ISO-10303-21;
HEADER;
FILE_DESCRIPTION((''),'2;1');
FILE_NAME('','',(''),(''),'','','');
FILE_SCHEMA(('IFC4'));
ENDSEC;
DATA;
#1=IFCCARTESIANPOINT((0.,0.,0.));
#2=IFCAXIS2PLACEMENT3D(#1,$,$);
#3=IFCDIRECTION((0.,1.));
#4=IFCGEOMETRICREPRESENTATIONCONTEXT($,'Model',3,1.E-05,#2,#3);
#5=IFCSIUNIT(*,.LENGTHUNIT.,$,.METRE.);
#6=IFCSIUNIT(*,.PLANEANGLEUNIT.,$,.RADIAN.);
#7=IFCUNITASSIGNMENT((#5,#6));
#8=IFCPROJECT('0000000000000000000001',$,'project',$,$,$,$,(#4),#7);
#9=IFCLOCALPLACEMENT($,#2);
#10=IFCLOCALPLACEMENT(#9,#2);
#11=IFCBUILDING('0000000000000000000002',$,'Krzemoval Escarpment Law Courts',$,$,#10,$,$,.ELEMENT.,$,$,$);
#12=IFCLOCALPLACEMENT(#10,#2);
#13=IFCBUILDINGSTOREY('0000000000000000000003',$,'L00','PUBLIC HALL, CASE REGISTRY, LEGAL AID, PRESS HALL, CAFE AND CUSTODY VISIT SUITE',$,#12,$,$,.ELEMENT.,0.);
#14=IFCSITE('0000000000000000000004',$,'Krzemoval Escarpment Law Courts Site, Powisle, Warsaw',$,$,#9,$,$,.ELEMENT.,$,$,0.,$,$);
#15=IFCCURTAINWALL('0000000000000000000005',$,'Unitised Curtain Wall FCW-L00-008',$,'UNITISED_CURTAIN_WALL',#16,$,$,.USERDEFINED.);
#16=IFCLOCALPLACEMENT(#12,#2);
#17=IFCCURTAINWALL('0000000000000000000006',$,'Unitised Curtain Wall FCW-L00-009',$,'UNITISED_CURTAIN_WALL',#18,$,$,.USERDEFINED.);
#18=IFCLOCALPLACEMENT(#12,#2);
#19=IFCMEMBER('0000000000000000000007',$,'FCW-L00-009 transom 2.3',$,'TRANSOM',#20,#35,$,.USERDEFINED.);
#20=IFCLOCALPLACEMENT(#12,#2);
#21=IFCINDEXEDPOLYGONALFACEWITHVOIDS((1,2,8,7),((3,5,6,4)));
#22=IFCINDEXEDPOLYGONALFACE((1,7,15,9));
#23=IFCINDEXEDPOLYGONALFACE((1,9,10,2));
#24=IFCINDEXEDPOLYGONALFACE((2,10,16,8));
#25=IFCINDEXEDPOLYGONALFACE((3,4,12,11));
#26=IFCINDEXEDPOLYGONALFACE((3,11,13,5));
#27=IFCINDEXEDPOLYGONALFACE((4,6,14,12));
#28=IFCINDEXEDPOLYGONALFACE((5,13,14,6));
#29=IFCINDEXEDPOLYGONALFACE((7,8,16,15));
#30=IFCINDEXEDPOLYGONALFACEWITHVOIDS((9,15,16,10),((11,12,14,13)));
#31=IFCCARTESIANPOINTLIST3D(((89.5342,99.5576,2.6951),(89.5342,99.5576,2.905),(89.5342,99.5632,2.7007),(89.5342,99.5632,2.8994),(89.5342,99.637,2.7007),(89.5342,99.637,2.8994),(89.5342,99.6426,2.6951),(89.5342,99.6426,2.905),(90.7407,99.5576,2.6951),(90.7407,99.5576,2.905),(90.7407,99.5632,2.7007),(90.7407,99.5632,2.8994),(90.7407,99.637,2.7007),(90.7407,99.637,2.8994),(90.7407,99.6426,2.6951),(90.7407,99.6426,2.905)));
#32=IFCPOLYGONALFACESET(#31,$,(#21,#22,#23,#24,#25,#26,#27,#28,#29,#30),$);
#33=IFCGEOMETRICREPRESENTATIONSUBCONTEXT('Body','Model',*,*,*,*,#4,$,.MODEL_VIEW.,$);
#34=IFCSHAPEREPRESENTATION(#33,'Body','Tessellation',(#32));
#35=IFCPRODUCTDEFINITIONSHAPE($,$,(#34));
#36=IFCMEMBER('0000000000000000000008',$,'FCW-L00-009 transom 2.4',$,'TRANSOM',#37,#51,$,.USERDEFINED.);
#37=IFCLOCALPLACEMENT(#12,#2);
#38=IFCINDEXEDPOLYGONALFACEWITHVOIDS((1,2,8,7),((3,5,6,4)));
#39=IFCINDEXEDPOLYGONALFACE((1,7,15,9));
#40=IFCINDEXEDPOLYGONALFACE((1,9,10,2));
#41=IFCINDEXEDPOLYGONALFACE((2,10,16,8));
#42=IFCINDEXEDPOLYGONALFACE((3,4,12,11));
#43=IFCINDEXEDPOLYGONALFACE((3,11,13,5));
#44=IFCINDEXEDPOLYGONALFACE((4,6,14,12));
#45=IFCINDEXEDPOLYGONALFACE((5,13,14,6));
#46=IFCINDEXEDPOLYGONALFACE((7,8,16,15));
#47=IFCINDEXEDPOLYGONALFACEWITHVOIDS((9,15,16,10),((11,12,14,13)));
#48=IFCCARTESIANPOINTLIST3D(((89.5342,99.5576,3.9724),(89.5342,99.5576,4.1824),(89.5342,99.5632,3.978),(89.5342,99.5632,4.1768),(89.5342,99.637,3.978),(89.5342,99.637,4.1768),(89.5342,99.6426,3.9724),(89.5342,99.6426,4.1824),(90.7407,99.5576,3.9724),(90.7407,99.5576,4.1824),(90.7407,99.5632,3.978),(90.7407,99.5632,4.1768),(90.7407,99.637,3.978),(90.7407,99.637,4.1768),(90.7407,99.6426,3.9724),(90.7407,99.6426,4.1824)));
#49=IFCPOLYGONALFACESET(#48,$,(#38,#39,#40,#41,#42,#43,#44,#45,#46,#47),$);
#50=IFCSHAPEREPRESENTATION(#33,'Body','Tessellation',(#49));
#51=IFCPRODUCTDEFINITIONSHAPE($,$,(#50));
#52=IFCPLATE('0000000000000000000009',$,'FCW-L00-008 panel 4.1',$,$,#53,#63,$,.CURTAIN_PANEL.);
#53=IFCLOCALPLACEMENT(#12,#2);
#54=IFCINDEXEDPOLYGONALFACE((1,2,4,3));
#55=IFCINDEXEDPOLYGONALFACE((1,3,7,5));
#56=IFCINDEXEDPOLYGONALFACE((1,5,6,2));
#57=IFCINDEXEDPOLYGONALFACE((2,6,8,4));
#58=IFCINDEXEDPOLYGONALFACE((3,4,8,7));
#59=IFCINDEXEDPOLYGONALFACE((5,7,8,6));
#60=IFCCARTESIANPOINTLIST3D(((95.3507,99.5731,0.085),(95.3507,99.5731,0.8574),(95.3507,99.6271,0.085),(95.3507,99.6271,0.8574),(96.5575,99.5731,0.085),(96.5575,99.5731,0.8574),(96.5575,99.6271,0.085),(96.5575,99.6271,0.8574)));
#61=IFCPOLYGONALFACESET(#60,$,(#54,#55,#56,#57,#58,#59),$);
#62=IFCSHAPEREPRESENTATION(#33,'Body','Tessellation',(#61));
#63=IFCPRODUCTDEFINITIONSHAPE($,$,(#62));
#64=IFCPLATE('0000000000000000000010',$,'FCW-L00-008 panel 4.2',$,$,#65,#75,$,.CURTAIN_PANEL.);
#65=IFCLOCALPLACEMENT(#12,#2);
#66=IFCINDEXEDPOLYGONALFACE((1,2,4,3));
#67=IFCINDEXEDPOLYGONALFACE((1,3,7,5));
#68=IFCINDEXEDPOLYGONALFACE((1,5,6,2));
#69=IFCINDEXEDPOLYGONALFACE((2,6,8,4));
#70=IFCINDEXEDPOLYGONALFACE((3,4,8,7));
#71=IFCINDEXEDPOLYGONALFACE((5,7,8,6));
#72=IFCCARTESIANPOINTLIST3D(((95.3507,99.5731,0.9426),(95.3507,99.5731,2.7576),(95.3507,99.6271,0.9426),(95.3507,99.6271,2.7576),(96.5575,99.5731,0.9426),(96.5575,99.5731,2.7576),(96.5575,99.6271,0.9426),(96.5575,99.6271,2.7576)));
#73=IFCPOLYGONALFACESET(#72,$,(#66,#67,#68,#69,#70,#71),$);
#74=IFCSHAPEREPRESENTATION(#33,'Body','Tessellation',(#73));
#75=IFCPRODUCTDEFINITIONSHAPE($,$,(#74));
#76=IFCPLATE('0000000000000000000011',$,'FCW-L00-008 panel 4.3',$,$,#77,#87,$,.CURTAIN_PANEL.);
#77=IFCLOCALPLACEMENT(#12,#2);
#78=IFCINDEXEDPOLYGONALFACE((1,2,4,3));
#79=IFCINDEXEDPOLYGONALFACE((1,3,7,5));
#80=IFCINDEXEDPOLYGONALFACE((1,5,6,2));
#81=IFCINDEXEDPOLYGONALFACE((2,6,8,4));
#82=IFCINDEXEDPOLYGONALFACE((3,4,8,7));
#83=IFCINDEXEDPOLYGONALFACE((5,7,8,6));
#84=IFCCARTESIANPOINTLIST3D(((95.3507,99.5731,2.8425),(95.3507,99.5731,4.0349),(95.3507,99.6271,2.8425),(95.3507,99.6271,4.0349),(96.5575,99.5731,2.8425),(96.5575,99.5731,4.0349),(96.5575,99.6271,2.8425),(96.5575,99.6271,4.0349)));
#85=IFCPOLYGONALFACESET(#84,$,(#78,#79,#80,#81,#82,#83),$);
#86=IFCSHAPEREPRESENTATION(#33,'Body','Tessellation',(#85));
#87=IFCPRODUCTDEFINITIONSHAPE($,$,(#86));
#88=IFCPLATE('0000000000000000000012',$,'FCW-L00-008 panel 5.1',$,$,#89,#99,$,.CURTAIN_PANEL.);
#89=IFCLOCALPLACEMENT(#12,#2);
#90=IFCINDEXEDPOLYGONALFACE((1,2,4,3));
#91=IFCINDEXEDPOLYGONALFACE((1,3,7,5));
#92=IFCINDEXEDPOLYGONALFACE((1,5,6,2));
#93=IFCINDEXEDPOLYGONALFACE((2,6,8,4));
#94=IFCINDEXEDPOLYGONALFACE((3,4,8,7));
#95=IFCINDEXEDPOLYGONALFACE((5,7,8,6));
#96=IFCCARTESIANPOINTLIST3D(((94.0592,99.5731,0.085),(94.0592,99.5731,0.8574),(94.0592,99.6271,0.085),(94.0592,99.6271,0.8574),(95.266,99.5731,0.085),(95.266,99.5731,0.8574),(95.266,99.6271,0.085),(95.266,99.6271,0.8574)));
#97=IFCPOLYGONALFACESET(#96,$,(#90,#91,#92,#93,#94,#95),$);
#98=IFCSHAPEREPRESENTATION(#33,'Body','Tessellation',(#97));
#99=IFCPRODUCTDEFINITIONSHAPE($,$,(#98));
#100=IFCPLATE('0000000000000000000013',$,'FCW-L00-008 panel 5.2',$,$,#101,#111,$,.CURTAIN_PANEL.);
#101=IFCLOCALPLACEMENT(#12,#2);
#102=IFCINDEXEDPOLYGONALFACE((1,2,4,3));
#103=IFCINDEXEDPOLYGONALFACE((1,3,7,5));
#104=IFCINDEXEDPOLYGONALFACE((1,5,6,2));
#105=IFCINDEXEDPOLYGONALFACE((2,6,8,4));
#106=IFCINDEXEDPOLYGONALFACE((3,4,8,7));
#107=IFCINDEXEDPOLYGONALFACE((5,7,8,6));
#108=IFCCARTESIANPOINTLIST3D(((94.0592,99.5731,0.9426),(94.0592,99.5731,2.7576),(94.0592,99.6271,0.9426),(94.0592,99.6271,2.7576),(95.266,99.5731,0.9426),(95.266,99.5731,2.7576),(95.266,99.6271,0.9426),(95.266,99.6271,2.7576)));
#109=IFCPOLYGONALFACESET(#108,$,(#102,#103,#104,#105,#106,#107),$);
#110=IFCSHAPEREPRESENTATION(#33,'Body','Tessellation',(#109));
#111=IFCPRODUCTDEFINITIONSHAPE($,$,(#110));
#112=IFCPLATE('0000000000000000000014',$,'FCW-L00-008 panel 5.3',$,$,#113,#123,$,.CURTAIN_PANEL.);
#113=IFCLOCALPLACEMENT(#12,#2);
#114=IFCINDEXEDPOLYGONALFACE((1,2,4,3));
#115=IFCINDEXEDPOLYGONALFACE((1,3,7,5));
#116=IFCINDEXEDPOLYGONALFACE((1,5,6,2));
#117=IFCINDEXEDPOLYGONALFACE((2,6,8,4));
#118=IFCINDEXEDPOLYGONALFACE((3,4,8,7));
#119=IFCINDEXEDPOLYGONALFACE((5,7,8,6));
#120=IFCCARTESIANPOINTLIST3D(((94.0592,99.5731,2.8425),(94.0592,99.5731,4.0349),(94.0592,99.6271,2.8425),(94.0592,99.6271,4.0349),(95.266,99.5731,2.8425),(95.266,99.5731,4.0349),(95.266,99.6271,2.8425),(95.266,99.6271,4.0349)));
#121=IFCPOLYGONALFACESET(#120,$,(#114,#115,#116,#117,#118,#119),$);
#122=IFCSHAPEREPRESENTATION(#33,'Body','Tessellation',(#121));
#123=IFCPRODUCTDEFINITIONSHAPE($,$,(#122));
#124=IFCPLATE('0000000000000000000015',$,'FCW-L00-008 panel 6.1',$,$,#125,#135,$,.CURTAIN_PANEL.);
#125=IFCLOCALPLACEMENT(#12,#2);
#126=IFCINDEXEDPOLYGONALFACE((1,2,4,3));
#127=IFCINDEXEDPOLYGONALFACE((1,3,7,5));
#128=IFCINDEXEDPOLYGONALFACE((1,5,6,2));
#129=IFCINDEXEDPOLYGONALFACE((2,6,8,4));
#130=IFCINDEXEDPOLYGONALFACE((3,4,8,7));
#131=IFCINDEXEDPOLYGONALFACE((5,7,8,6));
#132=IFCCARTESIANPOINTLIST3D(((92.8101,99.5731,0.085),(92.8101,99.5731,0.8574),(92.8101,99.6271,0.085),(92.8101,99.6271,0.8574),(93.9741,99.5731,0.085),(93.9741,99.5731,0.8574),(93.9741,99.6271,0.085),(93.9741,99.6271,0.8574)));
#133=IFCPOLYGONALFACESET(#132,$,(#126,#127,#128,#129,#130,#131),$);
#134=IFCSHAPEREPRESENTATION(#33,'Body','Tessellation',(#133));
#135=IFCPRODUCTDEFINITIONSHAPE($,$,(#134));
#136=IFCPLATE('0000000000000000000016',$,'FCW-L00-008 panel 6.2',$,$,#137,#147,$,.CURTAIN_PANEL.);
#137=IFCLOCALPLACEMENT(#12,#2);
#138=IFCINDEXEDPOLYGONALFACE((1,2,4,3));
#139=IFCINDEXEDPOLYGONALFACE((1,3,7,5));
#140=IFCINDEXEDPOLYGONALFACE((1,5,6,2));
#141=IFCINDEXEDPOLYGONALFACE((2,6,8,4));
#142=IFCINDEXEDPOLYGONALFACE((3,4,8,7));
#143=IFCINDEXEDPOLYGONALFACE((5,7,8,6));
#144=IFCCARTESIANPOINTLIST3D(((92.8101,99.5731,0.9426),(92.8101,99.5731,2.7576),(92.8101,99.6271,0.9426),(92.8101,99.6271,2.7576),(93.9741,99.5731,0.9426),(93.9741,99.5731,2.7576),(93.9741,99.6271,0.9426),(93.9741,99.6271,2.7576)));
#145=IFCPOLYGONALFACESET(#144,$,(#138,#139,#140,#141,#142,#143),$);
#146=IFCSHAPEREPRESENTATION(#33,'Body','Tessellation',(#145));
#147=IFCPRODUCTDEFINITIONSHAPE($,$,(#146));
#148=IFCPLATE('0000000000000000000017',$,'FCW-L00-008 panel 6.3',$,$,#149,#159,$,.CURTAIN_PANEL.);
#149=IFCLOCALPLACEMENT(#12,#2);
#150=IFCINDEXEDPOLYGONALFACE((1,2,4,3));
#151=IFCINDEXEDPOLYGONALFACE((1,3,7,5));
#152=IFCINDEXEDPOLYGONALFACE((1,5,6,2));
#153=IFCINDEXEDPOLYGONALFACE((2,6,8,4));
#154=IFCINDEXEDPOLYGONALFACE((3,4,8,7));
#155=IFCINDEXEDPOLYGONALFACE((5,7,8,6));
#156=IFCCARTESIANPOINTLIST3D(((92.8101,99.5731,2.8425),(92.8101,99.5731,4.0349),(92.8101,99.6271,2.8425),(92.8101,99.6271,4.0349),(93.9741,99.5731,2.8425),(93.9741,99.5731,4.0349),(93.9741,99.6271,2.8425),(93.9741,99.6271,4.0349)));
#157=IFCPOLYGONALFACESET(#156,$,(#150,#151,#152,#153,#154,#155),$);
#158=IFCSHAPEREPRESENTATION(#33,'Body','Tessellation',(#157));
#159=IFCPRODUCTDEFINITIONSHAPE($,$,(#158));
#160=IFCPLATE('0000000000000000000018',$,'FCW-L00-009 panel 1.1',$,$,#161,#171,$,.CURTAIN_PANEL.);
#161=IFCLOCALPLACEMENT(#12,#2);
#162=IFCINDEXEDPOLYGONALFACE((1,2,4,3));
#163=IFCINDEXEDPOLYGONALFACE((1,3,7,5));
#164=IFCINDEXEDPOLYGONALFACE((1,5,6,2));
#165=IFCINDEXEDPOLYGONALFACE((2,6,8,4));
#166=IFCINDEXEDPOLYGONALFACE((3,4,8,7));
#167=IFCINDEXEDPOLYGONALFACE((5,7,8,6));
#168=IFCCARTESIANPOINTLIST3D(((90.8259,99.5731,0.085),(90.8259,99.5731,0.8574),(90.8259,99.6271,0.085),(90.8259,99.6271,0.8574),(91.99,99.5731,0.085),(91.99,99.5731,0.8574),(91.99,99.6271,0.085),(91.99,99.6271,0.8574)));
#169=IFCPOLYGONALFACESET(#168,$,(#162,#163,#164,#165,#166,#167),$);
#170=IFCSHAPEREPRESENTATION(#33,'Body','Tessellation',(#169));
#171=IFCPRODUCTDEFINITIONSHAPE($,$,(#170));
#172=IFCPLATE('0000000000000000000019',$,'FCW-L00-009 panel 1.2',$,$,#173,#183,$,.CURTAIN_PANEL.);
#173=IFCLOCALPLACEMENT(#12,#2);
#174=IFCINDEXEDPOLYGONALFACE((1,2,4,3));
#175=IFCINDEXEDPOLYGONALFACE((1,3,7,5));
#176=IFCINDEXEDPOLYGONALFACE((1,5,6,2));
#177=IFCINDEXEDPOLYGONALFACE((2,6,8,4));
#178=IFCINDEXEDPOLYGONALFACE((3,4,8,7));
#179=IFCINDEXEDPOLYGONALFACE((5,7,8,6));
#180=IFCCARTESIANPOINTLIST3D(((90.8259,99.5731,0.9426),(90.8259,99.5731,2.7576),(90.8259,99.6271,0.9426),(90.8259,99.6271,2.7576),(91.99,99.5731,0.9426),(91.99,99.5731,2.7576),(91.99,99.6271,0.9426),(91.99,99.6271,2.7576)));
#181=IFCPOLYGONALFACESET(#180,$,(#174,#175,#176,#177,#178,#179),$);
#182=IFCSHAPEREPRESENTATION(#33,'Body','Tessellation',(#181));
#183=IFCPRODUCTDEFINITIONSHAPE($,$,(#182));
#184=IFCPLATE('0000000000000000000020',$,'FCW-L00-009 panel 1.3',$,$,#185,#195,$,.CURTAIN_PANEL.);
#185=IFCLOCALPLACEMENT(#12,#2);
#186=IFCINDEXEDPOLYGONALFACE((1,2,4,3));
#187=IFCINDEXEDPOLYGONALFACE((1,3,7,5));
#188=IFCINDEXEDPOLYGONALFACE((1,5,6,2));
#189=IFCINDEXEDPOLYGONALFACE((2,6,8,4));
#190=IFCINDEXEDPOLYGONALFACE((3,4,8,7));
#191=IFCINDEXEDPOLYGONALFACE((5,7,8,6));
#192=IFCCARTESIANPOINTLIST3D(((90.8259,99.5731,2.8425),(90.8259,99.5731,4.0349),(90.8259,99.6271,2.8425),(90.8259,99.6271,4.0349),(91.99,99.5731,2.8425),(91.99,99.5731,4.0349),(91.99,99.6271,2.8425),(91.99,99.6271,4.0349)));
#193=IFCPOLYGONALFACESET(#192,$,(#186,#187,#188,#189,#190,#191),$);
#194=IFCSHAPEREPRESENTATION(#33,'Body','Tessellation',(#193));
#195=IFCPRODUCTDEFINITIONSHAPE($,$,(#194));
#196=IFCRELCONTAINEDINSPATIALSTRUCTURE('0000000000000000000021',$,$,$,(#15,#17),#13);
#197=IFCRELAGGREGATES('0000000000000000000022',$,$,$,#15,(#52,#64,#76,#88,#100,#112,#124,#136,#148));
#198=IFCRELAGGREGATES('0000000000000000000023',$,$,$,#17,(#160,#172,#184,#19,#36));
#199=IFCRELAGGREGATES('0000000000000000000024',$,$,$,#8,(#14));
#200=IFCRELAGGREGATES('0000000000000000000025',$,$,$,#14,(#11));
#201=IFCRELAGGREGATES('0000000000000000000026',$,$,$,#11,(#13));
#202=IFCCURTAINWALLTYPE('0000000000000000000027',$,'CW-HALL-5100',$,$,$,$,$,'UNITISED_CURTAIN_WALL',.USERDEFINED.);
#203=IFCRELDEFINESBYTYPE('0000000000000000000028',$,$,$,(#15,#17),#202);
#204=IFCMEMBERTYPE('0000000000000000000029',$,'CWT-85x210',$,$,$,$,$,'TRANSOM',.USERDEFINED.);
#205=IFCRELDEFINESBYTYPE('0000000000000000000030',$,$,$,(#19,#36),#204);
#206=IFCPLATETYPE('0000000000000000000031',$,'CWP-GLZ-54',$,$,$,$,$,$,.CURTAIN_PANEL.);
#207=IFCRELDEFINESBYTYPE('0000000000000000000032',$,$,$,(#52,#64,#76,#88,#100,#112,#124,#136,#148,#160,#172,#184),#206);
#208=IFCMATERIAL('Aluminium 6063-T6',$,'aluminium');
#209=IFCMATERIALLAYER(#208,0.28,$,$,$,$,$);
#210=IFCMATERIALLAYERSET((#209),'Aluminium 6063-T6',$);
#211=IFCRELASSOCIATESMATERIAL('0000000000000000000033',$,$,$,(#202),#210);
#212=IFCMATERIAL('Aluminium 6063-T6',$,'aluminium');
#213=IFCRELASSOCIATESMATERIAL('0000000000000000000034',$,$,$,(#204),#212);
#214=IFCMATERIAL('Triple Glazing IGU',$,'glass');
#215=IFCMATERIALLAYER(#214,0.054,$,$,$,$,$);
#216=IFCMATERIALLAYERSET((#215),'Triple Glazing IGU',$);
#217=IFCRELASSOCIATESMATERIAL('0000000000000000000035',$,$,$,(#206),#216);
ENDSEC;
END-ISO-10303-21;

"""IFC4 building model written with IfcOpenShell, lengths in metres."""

from ifc_helpers import new_model, si_unit, direction, frame, origin, origin_2d, place, context, subcontext, project, spatial, rectangle, hollow_rectangle, extrude, material, layer, layer_set, material_profile, profile_set, type_object, element, aggregate, save


model = new_model("IFC4")

# Units and contexts
model_context = context("Model", 3, precision=1e-05, world=origin(), true_north=direction((0.0, 1.0)))
body_context = subcontext(model_context, "Body", "Model", "MODEL_VIEW")
ifc_project = project(units=[si_unit("LENGTHUNIT", "METRE"), si_unit("PLANEANGLEUNIT", "RADIAN")], contexts=[model_context])

# Site, building, storey
site_placement = place(None, origin())
site = spatial("IfcSite", under=ifc_project, at=site_placement, Name="Krzemoval Escarpment Law Courts Site, Powisle, Warsaw", CompositionType="ELEMENT", RefElevation=0.0)
building_placement = place(site_placement, origin())
building = spatial("IfcBuilding", under=site, at=building_placement, Name="Krzemoval Escarpment Law Courts", CompositionType="ELEMENT")
storey_placement = place(building_placement, origin())
storey = spatial("IfcBuildingStorey", under=building, at=storey_placement, Name="L00", Description="PUBLIC HALL, CASE REGISTRY, LEGAL AID, PRESS HALL, CAFE AND CUSTODY VISIT SUITE", CompositionType="ELEMENT", Elevation=0.0)

# Curtain walls
ifc_material_1 = material(Name="Aluminium 6063-T6", Category="aluminium")
ifc_layer_1 = layer(ifc_material_1, 0.28)
ifc_layer_set_1 = layer_set([ifc_layer_1], Name="Aluminium 6063-T6")
curtain_wall_type = type_object("IfcCurtainWallType", Name="CW-HALL-5100", ElementType="UNITISED_CURTAIN_WALL", PredefinedType="USERDEFINED", material=ifc_layer_set_1)
curtain_wall_1_placement = place(storey_placement, origin())
curtain_wall_1 = element("IfcCurtainWall", 1, at=curtain_wall_1_placement, inside=storey, type_object=curtain_wall_type, Name="Unitised Curtain Wall FCW-L00-008", ObjectType="UNITISED_CURTAIN_WALL", PredefinedType="USERDEFINED")
curtain_wall_2_placement = place(storey_placement, origin())
curtain_wall_2 = element("IfcCurtainWall", 2, at=curtain_wall_2_placement, inside=storey, type_object=curtain_wall_type, Name="Unitised Curtain Wall FCW-L00-009", ObjectType="UNITISED_CURTAIN_WALL", PredefinedType="USERDEFINED")

# Members
ifc_material_2 = material(Name="Aluminium 6063-T6", Category="aluminium")
ifc_material_profile_1 = material_profile(ifc_material_2, hollow_rectangle(XDim=0.085, YDim=0.21, WallThickness=0.0056, at=origin_2d()), Name="ALU T85x210")
ifc_profile_set_1 = profile_set([ifc_material_profile_1], Name="Aluminium 6063-T6")
member_type_1 = type_object("IfcMemberType", Name="CWT-85x210", ElementType="TRANSOM", PredefinedType="USERDEFINED", material=ifc_profile_set_1)
member_1_placement = place(storey_placement, frame((90.7407, 99.6001, 2.8), z_axis=(-1.0, 0.0, 0.0), x_axis=(0.0, -1.0, 0.0)))
member_1 = element("IfcMember", 3, at=member_1_placement, type_object=member_type_1, Name="FCW-L00-009 transom 2.3", ObjectType="TRANSOM", PredefinedType="USERDEFINED", context=body_context, shape_type="SweptSolid", body=[
    extrude(hollow_rectangle(XDim=0.085, YDim=0.21, WallThickness=0.0056, at=origin_2d()), origin(), (0.0, 0.0, 1.0), 1.2065),
])
member_2_placement = place(storey_placement, frame((90.7407, 99.6001, 4.0774), z_axis=(-1.0, 0.0, 0.0), x_axis=(0.0, -1.0, 0.0)))
member_2 = element("IfcMember", 4, at=member_2_placement, type_object=member_type_1, Name="FCW-L00-009 transom 2.4", ObjectType="TRANSOM", PredefinedType="USERDEFINED", context=body_context, shape_type="SweptSolid", body=[
    extrude(hollow_rectangle(XDim=0.085, YDim=0.21, WallThickness=0.0056, at=origin_2d()), origin(), (0.0, 0.0, 1.0), 1.2065),
])

# Plates
ifc_material_3 = material(Name="Triple Glazing IGU", Category="glass")
ifc_layer_2 = layer(ifc_material_3, 0.054)
ifc_layer_set_2 = layer_set([ifc_layer_2], Name="Triple Glazing IGU")
plate_type = type_object("IfcPlateType", Name="CWP-GLZ-54", PredefinedType="CURTAIN_PANEL", material=ifc_layer_set_2)
plate_1_placement = place(storey_placement, frame((95.9541, 99.6001, 0.085), z_axis=(0.0, 0.0, 1.0), x_axis=(-1.0, 0.0, 0.0)))
plate_1 = element("IfcPlate", 5, at=plate_1_placement, type_object=plate_type, Name="FCW-L00-008 panel 4.1", PredefinedType="CURTAIN_PANEL", context=body_context, shape_type="SweptSolid", body=[
    extrude(rectangle(XDim=1.2068, YDim=0.054, at=origin_2d()), origin(), (0.0, 0.0, 1.0), 0.7725),
])
plate_2_placement = place(storey_placement, frame((95.9541, 99.6001, 0.9426), z_axis=(0.0, 0.0, 1.0), x_axis=(-1.0, 0.0, 0.0)))
plate_2 = element("IfcPlate", 6, at=plate_2_placement, type_object=plate_type, Name="FCW-L00-008 panel 4.2", PredefinedType="CURTAIN_PANEL", context=body_context, shape_type="SweptSolid", body=[
    extrude(rectangle(XDim=1.2068, YDim=0.054, at=origin_2d()), origin(), (0.0, 0.0, 1.0), 1.8149),
])
plate_3_placement = place(storey_placement, frame((95.9541, 99.6001, 2.8425), z_axis=(0.0, 0.0, 1.0), x_axis=(-1.0, 0.0, 0.0)))
plate_3 = element("IfcPlate", 7, at=plate_3_placement, type_object=plate_type, Name="FCW-L00-008 panel 4.3", PredefinedType="CURTAIN_PANEL", context=body_context, shape_type="SweptSolid", body=[
    extrude(rectangle(XDim=1.2068, YDim=0.054, at=origin_2d()), origin(), (0.0, 0.0, 1.0), 1.1924),
])
plate_4_placement = place(storey_placement, frame((94.6626, 99.6001, 0.085), z_axis=(0.0, 0.0, 1.0), x_axis=(-1.0, 0.0, 0.0)))
plate_4 = element("IfcPlate", 8, at=plate_4_placement, type_object=plate_type, Name="FCW-L00-008 panel 5.1", PredefinedType="CURTAIN_PANEL", context=body_context, shape_type="SweptSolid", body=[
    extrude(rectangle(XDim=1.2068, YDim=0.054, at=origin_2d()), origin(), (0.0, 0.0, 1.0), 0.7725),
])
plate_5_placement = place(storey_placement, frame((94.6626, 99.6001, 0.9426), z_axis=(0.0, 0.0, 1.0), x_axis=(-1.0, 0.0, 0.0)))
plate_5 = element("IfcPlate", 9, at=plate_5_placement, type_object=plate_type, Name="FCW-L00-008 panel 5.2", PredefinedType="CURTAIN_PANEL", context=body_context, shape_type="SweptSolid", body=[
    extrude(rectangle(XDim=1.2068, YDim=0.054, at=origin_2d()), origin(), (0.0, 0.0, 1.0), 1.8149),
])
plate_6_placement = place(storey_placement, frame((94.6626, 99.6001, 2.8425), z_axis=(0.0, 0.0, 1.0), x_axis=(-1.0, 0.0, 0.0)))
plate_6 = element("IfcPlate", 10, at=plate_6_placement, type_object=plate_type, Name="FCW-L00-008 panel 5.3", PredefinedType="CURTAIN_PANEL", context=body_context, shape_type="SweptSolid", body=[
    extrude(rectangle(XDim=1.2068, YDim=0.054, at=origin_2d()), origin(), (0.0, 0.0, 1.0), 1.1924),
])
plate_7_placement = place(storey_placement, frame((93.3921, 99.6001, 0.085), z_axis=(0.0, 0.0, 1.0), x_axis=(-1.0, 0.0, 0.0)))
plate_7 = element("IfcPlate", 11, at=plate_7_placement, type_object=plate_type, Name="FCW-L00-008 panel 6.1", PredefinedType="CURTAIN_PANEL", context=body_context, shape_type="SweptSolid", body=[
    extrude(rectangle(XDim=1.1641, YDim=0.054, at=origin_2d()), origin(), (0.0, 0.0, 1.0), 0.7725),
])
plate_8_placement = place(storey_placement, frame((93.3921, 99.6001, 0.9426), z_axis=(0.0, 0.0, 1.0), x_axis=(-1.0, 0.0, 0.0)))
plate_8 = element("IfcPlate", 12, at=plate_8_placement, type_object=plate_type, Name="FCW-L00-008 panel 6.2", PredefinedType="CURTAIN_PANEL", context=body_context, shape_type="SweptSolid", body=[
    extrude(rectangle(XDim=1.1641, YDim=0.054, at=origin_2d()), origin(), (0.0, 0.0, 1.0), 1.8149),
])
plate_9_placement = place(storey_placement, frame((93.3921, 99.6001, 2.8425), z_axis=(0.0, 0.0, 1.0), x_axis=(-1.0, 0.0, 0.0)))
plate_9 = element("IfcPlate", 13, at=plate_9_placement, type_object=plate_type, Name="FCW-L00-008 panel 6.3", PredefinedType="CURTAIN_PANEL", context=body_context, shape_type="SweptSolid", body=[
    extrude(rectangle(XDim=1.1641, YDim=0.054, at=origin_2d()), origin(), (0.0, 0.0, 1.0), 1.1924),
])
aggregate(curtain_wall_1, [plate_1, plate_2, plate_3, plate_4, plate_5, plate_6, plate_7, plate_8, plate_9])
plate_10_placement = place(storey_placement, frame((91.408, 99.6001, 0.085), z_axis=(0.0, 0.0, 1.0), x_axis=(-1.0, 0.0, 0.0)))
plate_10 = element("IfcPlate", 14, at=plate_10_placement, type_object=plate_type, Name="FCW-L00-009 panel 1.1", PredefinedType="CURTAIN_PANEL", context=body_context, shape_type="SweptSolid", body=[
    extrude(rectangle(XDim=1.1641, YDim=0.054, at=origin_2d()), origin(), (0.0, 0.0, 1.0), 0.7725),
])
plate_11_placement = place(storey_placement, frame((91.408, 99.6001, 0.9426), z_axis=(0.0, 0.0, 1.0), x_axis=(-1.0, 0.0, 0.0)))
plate_11 = element("IfcPlate", 15, at=plate_11_placement, type_object=plate_type, Name="FCW-L00-009 panel 1.2", PredefinedType="CURTAIN_PANEL", context=body_context, shape_type="SweptSolid", body=[
    extrude(rectangle(XDim=1.1641, YDim=0.054, at=origin_2d()), origin(), (0.0, 0.0, 1.0), 1.8149),
])
plate_12_placement = place(storey_placement, frame((91.408, 99.6001, 2.8425), z_axis=(0.0, 0.0, 1.0), x_axis=(-1.0, 0.0, 0.0)))
plate_12 = element("IfcPlate", 16, at=plate_12_placement, type_object=plate_type, Name="FCW-L00-009 panel 1.3", PredefinedType="CURTAIN_PANEL", context=body_context, shape_type="SweptSolid", body=[
    extrude(rectangle(XDim=1.1641, YDim=0.054, at=origin_2d()), origin(), (0.0, 0.0, 1.0), 1.1924),
])
aggregate(curtain_wall_2, [plate_10, plate_11, plate_12, member_1, member_2])

save(model, "model.ifc")
